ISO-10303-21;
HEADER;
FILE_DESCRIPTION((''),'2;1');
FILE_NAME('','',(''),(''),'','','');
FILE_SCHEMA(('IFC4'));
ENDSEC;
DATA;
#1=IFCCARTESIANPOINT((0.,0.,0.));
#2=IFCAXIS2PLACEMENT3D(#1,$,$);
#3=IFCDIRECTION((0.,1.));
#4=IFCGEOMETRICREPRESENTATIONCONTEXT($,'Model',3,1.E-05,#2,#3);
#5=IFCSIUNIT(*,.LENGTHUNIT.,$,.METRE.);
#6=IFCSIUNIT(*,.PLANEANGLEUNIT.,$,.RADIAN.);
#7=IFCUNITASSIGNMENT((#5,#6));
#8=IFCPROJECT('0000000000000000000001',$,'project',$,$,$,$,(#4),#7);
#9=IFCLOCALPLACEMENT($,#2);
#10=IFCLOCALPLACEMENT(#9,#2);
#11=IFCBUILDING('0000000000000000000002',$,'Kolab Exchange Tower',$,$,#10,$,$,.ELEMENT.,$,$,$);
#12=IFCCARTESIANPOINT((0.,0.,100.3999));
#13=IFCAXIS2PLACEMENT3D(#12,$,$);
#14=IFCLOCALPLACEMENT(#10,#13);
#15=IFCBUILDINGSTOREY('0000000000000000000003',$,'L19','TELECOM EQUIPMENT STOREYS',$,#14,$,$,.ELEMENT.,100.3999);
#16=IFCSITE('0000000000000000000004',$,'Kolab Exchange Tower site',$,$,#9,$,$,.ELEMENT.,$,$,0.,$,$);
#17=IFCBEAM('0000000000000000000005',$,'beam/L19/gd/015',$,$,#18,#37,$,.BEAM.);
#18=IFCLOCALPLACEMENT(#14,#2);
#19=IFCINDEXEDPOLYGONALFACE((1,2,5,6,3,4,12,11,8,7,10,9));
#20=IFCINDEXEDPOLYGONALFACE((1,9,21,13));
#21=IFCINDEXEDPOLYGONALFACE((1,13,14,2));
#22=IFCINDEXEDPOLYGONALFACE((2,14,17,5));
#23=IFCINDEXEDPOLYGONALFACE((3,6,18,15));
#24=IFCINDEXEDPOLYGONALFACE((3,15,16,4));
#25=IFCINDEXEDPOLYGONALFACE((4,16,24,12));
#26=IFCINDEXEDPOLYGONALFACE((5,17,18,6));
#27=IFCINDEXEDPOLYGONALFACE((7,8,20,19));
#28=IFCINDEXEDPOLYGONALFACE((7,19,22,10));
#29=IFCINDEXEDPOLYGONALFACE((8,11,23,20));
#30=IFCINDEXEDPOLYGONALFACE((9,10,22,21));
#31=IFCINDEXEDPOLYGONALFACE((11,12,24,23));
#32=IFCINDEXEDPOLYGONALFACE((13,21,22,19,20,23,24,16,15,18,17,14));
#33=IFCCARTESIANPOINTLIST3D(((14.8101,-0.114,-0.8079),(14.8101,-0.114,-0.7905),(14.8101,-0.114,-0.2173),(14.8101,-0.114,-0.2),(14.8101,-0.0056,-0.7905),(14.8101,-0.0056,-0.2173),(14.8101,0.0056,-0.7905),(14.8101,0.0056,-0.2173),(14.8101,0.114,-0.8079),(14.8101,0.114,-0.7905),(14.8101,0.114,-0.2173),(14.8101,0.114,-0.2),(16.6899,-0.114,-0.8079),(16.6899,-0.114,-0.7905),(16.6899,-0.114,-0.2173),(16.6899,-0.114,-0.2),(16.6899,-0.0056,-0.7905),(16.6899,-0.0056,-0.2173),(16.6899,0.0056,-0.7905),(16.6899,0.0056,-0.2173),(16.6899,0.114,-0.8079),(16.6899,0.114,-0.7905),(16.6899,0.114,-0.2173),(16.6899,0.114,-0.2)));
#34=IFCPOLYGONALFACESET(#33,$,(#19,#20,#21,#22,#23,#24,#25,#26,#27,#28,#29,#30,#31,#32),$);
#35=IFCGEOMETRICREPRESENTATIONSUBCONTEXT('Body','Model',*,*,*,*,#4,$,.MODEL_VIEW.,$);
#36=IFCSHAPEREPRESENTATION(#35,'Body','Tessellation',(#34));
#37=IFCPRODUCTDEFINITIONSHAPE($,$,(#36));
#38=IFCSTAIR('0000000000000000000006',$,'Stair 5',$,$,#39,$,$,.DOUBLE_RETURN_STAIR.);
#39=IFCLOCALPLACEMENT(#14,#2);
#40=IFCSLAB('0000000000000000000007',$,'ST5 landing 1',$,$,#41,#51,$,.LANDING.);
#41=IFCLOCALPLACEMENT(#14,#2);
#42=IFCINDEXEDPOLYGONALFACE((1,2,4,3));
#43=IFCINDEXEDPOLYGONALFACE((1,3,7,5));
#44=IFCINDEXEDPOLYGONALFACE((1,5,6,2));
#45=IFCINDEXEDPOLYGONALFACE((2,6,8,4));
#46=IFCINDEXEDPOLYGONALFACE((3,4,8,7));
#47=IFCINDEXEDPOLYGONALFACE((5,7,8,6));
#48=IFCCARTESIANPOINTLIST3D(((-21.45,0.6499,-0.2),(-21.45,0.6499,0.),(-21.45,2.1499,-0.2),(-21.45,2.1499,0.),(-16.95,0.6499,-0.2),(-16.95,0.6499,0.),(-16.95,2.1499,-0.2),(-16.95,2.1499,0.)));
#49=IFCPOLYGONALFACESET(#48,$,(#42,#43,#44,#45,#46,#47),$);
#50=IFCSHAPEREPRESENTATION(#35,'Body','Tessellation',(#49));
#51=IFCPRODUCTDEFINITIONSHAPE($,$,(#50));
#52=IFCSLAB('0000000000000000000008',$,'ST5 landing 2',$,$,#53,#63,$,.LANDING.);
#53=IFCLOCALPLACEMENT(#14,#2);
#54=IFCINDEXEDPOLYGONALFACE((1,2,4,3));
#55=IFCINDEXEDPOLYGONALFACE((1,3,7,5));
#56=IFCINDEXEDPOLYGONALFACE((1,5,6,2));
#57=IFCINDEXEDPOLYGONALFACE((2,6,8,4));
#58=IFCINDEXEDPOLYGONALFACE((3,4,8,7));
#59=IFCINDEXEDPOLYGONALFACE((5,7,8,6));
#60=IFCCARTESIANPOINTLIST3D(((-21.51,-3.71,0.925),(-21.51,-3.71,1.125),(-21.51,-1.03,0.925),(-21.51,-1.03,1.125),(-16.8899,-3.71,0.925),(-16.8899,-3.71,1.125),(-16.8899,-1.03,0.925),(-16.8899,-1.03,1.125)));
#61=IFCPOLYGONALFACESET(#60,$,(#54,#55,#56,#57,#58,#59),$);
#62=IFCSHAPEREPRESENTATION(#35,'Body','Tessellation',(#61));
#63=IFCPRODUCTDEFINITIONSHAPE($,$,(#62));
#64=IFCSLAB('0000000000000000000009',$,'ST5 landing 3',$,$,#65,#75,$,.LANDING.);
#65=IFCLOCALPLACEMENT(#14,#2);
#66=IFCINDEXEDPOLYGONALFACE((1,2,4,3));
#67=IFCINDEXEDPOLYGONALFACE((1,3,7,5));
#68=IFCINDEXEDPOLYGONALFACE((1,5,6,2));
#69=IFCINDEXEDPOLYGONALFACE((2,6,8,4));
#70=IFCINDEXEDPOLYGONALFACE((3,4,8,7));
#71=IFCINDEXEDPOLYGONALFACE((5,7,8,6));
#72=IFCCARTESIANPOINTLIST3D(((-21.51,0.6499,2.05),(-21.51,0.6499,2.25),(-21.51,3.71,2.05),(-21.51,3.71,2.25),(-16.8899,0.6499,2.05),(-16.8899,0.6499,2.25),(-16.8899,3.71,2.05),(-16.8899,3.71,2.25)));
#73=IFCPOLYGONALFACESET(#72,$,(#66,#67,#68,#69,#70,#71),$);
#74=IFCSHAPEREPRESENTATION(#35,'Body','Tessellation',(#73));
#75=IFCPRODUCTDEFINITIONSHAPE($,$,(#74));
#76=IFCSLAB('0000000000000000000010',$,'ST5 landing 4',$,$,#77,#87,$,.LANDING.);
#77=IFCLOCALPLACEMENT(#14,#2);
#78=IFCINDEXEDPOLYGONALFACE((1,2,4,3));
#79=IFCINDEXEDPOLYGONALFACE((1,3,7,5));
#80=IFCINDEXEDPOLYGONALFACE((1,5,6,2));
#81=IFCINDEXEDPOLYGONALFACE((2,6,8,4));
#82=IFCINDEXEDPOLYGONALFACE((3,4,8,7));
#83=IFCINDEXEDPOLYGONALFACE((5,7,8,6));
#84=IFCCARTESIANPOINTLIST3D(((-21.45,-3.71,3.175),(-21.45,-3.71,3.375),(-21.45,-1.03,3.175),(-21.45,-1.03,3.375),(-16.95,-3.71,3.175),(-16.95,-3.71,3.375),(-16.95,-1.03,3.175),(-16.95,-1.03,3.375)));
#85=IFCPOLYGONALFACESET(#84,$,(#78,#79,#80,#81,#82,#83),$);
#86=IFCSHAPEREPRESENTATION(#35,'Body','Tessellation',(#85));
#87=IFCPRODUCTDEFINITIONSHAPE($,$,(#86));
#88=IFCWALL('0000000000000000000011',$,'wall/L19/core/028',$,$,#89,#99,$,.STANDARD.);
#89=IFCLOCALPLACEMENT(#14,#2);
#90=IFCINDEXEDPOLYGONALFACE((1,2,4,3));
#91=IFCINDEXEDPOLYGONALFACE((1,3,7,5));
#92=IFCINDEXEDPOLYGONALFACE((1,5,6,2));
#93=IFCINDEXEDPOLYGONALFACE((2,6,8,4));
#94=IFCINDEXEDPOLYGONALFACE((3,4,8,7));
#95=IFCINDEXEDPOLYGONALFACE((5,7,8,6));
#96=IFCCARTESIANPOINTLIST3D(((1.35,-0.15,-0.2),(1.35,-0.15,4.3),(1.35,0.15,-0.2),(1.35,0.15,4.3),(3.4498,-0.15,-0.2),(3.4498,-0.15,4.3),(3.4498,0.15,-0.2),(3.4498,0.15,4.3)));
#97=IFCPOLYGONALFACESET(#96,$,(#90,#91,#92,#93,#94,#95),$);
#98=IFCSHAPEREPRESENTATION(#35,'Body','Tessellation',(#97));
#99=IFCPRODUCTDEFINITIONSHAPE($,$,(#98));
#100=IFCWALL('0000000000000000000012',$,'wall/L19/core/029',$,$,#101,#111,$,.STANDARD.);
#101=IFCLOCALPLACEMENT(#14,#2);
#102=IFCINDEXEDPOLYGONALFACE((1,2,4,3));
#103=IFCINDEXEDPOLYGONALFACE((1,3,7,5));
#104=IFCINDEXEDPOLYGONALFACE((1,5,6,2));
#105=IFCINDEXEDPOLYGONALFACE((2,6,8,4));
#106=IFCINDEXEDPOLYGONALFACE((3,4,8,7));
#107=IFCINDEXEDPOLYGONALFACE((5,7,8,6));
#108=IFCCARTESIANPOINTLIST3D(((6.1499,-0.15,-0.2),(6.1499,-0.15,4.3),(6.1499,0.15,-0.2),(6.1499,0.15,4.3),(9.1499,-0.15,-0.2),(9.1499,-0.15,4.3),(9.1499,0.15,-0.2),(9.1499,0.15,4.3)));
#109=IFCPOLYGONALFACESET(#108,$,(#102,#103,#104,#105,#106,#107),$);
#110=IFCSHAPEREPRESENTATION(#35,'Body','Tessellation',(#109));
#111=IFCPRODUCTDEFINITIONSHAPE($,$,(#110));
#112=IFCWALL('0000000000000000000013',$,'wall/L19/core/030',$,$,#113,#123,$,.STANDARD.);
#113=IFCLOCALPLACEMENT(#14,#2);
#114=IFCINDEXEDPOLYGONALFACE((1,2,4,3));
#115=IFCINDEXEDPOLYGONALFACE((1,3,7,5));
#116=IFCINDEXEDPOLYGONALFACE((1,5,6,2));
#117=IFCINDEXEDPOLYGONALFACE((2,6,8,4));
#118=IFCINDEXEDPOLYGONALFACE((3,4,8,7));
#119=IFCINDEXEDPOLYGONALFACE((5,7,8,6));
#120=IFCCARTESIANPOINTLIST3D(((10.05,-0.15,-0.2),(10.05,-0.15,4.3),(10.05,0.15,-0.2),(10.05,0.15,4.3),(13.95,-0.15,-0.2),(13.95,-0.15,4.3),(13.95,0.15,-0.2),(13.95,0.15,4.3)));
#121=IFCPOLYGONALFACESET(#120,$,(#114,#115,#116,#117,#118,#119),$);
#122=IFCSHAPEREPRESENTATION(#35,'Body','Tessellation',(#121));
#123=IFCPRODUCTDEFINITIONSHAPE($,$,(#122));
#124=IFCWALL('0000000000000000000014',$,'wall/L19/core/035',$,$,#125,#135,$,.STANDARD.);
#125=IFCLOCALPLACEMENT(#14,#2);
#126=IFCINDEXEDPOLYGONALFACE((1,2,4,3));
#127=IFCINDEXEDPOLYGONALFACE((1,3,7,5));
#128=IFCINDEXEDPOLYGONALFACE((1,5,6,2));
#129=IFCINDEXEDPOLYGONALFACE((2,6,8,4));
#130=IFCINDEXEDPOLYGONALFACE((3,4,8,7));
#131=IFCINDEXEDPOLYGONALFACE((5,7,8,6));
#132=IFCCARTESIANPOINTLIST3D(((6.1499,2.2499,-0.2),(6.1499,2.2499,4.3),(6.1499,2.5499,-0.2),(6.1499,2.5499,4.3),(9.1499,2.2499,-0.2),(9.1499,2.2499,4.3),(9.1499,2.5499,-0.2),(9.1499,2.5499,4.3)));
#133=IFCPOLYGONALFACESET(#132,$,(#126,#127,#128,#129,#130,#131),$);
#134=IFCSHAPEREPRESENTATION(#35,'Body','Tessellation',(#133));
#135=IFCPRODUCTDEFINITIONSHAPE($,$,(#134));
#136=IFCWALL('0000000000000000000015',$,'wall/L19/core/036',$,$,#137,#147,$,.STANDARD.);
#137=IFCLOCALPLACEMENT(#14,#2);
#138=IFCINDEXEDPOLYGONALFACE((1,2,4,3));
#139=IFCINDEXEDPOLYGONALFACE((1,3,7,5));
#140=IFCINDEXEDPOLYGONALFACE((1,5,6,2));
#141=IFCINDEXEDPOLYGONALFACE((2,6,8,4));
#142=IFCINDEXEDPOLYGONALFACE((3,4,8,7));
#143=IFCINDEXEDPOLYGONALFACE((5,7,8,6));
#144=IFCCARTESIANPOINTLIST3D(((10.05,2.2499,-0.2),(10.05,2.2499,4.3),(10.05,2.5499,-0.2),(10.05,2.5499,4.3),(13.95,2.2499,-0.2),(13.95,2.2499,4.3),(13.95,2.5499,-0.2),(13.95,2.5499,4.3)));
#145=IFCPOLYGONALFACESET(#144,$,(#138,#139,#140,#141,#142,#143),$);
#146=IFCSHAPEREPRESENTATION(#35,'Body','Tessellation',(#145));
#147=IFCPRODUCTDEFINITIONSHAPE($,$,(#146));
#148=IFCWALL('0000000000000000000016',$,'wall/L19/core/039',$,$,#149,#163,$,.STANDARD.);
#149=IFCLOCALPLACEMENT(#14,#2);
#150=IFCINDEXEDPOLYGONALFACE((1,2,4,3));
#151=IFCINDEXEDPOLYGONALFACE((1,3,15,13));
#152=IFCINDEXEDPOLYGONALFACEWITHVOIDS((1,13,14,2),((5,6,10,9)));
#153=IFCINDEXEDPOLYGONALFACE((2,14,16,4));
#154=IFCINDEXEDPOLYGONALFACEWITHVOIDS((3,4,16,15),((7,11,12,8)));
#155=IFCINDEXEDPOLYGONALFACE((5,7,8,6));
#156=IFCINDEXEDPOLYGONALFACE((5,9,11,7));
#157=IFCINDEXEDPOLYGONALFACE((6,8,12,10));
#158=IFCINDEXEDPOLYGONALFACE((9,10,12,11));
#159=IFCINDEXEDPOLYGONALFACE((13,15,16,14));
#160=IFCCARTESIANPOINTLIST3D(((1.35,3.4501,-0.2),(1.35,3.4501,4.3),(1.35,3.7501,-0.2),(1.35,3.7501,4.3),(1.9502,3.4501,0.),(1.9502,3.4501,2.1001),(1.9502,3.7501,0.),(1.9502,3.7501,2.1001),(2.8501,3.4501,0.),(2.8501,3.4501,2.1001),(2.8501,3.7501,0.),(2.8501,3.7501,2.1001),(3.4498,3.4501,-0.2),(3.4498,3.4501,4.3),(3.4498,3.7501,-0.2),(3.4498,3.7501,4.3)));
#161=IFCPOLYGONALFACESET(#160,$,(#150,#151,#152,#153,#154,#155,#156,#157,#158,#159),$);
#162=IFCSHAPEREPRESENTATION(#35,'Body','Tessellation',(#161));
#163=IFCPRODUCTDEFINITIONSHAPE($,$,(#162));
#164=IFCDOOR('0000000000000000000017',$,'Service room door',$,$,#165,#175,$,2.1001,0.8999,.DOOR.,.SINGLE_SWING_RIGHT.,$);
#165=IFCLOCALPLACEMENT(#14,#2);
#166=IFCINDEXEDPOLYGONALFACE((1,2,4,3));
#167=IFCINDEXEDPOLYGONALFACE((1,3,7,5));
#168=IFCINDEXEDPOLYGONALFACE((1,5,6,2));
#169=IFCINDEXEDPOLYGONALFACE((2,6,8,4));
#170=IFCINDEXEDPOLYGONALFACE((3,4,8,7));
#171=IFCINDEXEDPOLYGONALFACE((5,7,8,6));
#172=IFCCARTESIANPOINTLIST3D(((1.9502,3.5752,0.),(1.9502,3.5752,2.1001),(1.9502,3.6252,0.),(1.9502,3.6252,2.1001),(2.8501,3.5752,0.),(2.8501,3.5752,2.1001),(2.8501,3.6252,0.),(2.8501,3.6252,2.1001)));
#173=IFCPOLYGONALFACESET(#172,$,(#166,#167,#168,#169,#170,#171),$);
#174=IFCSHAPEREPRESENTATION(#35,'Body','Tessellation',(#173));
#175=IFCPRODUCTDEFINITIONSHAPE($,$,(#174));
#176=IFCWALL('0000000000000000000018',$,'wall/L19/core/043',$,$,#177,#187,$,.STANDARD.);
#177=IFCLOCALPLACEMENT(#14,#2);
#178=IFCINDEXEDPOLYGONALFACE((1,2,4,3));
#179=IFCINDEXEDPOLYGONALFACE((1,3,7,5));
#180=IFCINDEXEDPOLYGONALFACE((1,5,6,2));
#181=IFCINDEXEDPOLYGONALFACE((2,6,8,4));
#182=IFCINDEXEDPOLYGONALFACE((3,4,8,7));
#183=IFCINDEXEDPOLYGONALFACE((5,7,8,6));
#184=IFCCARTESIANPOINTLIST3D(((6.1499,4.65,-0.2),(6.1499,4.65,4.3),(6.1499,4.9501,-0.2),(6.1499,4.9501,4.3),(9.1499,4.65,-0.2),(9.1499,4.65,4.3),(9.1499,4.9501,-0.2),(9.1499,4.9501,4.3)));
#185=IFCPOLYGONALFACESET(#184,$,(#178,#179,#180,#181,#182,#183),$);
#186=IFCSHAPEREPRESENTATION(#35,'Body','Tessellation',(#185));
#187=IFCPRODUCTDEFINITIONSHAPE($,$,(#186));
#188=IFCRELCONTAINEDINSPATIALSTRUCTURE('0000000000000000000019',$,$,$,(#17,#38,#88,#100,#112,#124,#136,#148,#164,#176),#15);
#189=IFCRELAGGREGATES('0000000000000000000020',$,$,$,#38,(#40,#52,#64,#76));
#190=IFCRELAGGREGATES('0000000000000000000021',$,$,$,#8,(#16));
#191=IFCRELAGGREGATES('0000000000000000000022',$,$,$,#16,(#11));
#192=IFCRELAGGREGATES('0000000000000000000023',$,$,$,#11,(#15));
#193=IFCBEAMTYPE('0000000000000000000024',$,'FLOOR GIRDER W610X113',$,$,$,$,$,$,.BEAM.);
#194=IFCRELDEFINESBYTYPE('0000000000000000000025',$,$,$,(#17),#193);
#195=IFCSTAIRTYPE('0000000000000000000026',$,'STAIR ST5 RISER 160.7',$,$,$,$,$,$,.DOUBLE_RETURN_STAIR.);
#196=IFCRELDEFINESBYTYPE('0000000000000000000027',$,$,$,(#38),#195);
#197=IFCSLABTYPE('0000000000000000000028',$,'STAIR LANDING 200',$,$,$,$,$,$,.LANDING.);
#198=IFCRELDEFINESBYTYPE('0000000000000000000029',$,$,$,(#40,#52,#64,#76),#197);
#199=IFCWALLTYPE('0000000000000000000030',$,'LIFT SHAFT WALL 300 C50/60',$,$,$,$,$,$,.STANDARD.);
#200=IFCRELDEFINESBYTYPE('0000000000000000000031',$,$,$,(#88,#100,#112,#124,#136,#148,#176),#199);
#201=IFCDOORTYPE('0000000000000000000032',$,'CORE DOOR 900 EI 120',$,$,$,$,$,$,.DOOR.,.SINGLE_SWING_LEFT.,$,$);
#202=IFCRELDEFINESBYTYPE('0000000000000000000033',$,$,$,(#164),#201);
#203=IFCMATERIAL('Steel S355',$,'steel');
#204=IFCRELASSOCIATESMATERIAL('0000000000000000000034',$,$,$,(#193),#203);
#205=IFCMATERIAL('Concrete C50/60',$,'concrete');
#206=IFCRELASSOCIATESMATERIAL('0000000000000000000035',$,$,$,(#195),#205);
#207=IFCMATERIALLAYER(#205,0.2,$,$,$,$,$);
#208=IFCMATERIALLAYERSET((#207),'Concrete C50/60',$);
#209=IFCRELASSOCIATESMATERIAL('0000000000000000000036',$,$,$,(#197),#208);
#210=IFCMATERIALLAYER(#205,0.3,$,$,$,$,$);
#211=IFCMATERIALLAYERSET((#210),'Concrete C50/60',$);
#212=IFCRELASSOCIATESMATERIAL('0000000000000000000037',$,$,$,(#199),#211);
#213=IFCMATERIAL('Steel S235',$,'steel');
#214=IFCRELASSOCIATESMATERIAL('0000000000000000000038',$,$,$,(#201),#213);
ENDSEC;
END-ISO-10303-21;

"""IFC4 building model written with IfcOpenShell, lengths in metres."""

from ifc_helpers import new_model, si_unit, direction, frame, frame_2d, origin, origin_2d, place, context, subcontext, project, spatial, polyline, rectangle, i_section, outline, extrude, material, layer, layer_set, material_profile, profile_set, type_object, element, fill, aggregate, save


model = new_model("IFC4")

# Units and contexts
model_context = context("Model", 3, precision=1e-05, world=origin(), true_north=direction((0.0, 1.0)))
body_context = subcontext(model_context, "Body", "Model", "MODEL_VIEW")
ifc_project = project(units=[si_unit("LENGTHUNIT", "METRE"), si_unit("PLANEANGLEUNIT", "RADIAN")], contexts=[model_context])

# Site, building, storey
site_placement = place(None, origin())
site = spatial("IfcSite", under=ifc_project, at=site_placement, Name="Kolab Exchange Tower site", CompositionType="ELEMENT", RefElevation=0.0)
building_placement = place(site_placement, origin())
building = spatial("IfcBuilding", under=site, at=building_placement, Name="Kolab Exchange Tower", CompositionType="ELEMENT")
storey_placement = place(building_placement, frame((0.0, 0.0, 100.3999)))
storey = spatial("IfcBuildingStorey", under=building, at=storey_placement, Name="L19", Description="TELECOM EQUIPMENT STOREYS", CompositionType="ELEMENT", Elevation=100.3999)

# Beam
ifc_material_1 = material(Name="Steel S355", Category="steel")
ifc_material_profile = material_profile(ifc_material_1, i_section(OverallWidth=0.228, OverallDepth=0.6079, WebThickness=0.0112, FlangeThickness=0.0173, at=origin_2d()), Name="W610X113")
ifc_profile_set = profile_set([ifc_material_profile], Name="Steel S355")
beam_type = type_object("IfcBeamType", Name="FLOOR GIRDER W610X113", PredefinedType="BEAM", material=ifc_profile_set)
beam_placement = place(storey_placement, frame((14.8101, 0.0, -0.5039), z_axis=(1.0, 0.0, 0.0), x_axis=(0.0, 1.0, 0.0)))
element("IfcBeam", 1, at=beam_placement, inside=storey, type_object=beam_type, Name="beam/L19/gd/015", PredefinedType="BEAM", context=body_context, shape_type="SweptSolid", body=[
    extrude(i_section(OverallWidth=0.228, OverallDepth=0.6079, WebThickness=0.0112, FlangeThickness=0.0173, at=origin_2d()), origin(), (0.0, 0.0, 1.0), 1.8799),
])

# Stair, slabs
ifc_material_2 = material(Name="Concrete C50/60", Category="concrete")
stair_type = type_object("IfcStairType", Name="STAIR ST5 RISER 160.7", PredefinedType="DOUBLE_RETURN_STAIR", material=ifc_material_2)
stair_placement = place(storey_placement, origin())
stair = element("IfcStair", 2, at=stair_placement, inside=storey, type_object=stair_type, Name="Stair 5", PredefinedType="DOUBLE_RETURN_STAIR")
ifc_layer_1 = layer(ifc_material_2, 0.2)
ifc_layer_set_1 = layer_set([ifc_layer_1], Name="Concrete C50/60")
slab_type = type_object("IfcSlabType", Name="STAIR LANDING 200", PredefinedType="LANDING", material=ifc_layer_set_1)
slab_1_placement = place(storey_placement, frame((0.0, 0.0, -0.2)))
slab_1 = element("IfcSlab", 3, at=slab_1_placement, type_object=slab_type, Name="ST5 landing 1", PredefinedType="LANDING", context=body_context, shape_type="SweptSolid", body=[
    extrude(outline(polyline([(-21.45, 0.6499), (-16.95, 0.6499), (-16.95, 2.1499), (-21.45, 2.1499), (-21.45, 0.6499)])), origin(), (0.0, 0.0, 1.0), 0.2),
])
slab_2_placement = place(storey_placement, frame((0.0, 0.0, 0.925)))
slab_2 = element("IfcSlab", 4, at=slab_2_placement, type_object=slab_type, Name="ST5 landing 2", PredefinedType="LANDING", context=body_context, shape_type="SweptSolid", body=[
    extrude(outline(polyline([(-21.51, -3.71), (-16.8899, -3.71), (-16.8899, -1.03), (-21.51, -1.03), (-21.51, -3.71)])), origin(), (0.0, 0.0, 1.0), 0.2),
])
slab_3_placement = place(storey_placement, frame((0.0, 0.0, 2.05)))
slab_3 = element("IfcSlab", 5, at=slab_3_placement, type_object=slab_type, Name="ST5 landing 3", PredefinedType="LANDING", context=body_context, shape_type="SweptSolid", body=[
    extrude(outline(polyline([(-21.51, 0.6499), (-16.8899, 0.6499), (-16.8899, 3.71), (-21.51, 3.71), (-21.51, 0.6499)])), origin(), (0.0, 0.0, 1.0), 0.2),
])
slab_4_placement = place(storey_placement, frame((0.0, 0.0, 3.175)))
slab_4 = element("IfcSlab", 6, at=slab_4_placement, type_object=slab_type, Name="ST5 landing 4", PredefinedType="LANDING", context=body_context, shape_type="SweptSolid", body=[
    extrude(outline(polyline([(-21.45, -3.71), (-16.95, -3.71), (-16.95, -1.03), (-21.45, -1.03), (-21.45, -3.71)])), origin(), (0.0, 0.0, 1.0), 0.2),
])
aggregate(stair, [slab_1, slab_2, slab_3, slab_4])

# Walls
ifc_layer_2 = layer(ifc_material_2, 0.3)
ifc_layer_set_2 = layer_set([ifc_layer_2], Name="Concrete C50/60")
wall_type_1 = type_object("IfcWallType", Name="LIFT SHAFT WALL 300 C50/60", PredefinedType="STANDARD", material=ifc_layer_set_2)
wall_1_placement = place(storey_placement, frame((1.3501, 0.0, -0.2), z_axis=(0.0, 0.0, 1.0), x_axis=(1.0, 0.0, 0.0)))
element("IfcWall", 7, at=wall_1_placement, inside=storey, type_object=wall_type_1, Name="wall/L19/core/028", PredefinedType="STANDARD", context=body_context, shape_type="SweptSolid", body=[
    extrude(rectangle(XDim=2.0999, YDim=0.3, at=frame_2d((1.0498, 0.0))), origin(), (0.0, 0.0, 1.0), 4.5),
])
wall_2_placement = place(storey_placement, frame((6.1499, 0.0, -0.2), z_axis=(0.0, 0.0, 1.0), x_axis=(1.0, 0.0, 0.0)))
element("IfcWall", 8, at=wall_2_placement, inside=storey, type_object=wall_type_1, Name="wall/L19/core/029", PredefinedType="STANDARD", context=body_context, shape_type="SweptSolid", body=[
    extrude(rectangle(XDim=3.0, YDim=0.3, at=frame_2d((1.5, 0.0))), origin(), (0.0, 0.0, 1.0), 4.5),
])
wall_3_placement = place(storey_placement, frame((10.05, 0.0, -0.2), z_axis=(0.0, 0.0, 1.0), x_axis=(1.0, 0.0, 0.0)))
element("IfcWall", 9, at=wall_3_placement, inside=storey, type_object=wall_type_1, Name="wall/L19/core/030", PredefinedType="STANDARD", context=body_context, shape_type="SweptSolid", body=[
    extrude(rectangle(XDim=3.8999, YDim=0.3, at=frame_2d((1.95, 0.0))), origin(), (0.0, 0.0, 1.0), 4.5),
])
wall_4_placement = place(storey_placement, frame((6.1499, 2.3999, -0.2), z_axis=(0.0, 0.0, 1.0), x_axis=(1.0, 0.0, 0.0)))
element("IfcWall", 10, at=wall_4_placement, inside=storey, type_object=wall_type_1, Name="wall/L19/core/035", PredefinedType="STANDARD", context=body_context, shape_type="SweptSolid", body=[
    extrude(rectangle(XDim=3.0, YDim=0.3, at=frame_2d((1.5, 0.0))), origin(), (0.0, 0.0, 1.0), 4.5),
])
wall_5_placement = place(storey_placement, frame((10.05, 2.3999, -0.2), z_axis=(0.0, 0.0, 1.0), x_axis=(1.0, 0.0, 0.0)))
element("IfcWall", 11, at=wall_5_placement, inside=storey, type_object=wall_type_1, Name="wall/L19/core/036", PredefinedType="STANDARD", context=body_context, shape_type="SweptSolid", body=[
    extrude(rectangle(XDim=3.8999, YDim=0.3, at=frame_2d((1.95, 0.0))), origin(), (0.0, 0.0, 1.0), 4.5),
])

# Wall, opening, door
wall_6_placement = place(storey_placement, frame((1.3501, 3.6001, -0.2), z_axis=(0.0, 0.0, 1.0), x_axis=(1.0, 0.0, 0.0)))
wall_6 = element("IfcWall", 12, at=wall_6_placement, inside=storey, type_object=wall_type_1, Name="wall/L19/core/039", PredefinedType="STANDARD", context=body_context, shape_type="SweptSolid", body=[
    extrude(rectangle(XDim=2.0999, YDim=0.3, at=frame_2d((1.0498, 0.0))), origin(), (0.0, 0.0, 1.0), 4.5),
])
opening_1_placement = place(wall_6_placement, frame((0.6001, 0.0, 0.2)))
opening_1 = element("IfcOpeningElement", 13, at=opening_1_placement, cuts=wall_6, PredefinedType="OPENING", context=body_context, shape_type="SweptSolid", body=[
    extrude(rectangle(XDim=0.8999, YDim=2.1001, at=frame_2d((0.45, 1.05))), frame((0.0, 0.1602, 0.0), z_axis=(0.0, -1.0, 0.0), x_axis=(1.0, 0.0, 0.0)), (0.0, 0.0, 1.0), 0.3201),
])
ifc_material_3 = material(Name="Steel S235", Category="steel")
door_type_1 = type_object("IfcDoorType", Name="CORE DOOR 900 EI 120", OperationType="SINGLE_SWING_LEFT", PredefinedType="DOOR", material=ifc_material_3)
door_1_placement = place(opening_1_placement, frame((0.8999, 0.0, 0.0), z_axis=(0.0, 0.0, 1.0), x_axis=(-1.0, 0.0, 0.0)))
door_1 = element("IfcDoor", 14, at=door_1_placement, inside=storey, type_object=door_type_1, Name="Service room door", OperationType="SINGLE_SWING_RIGHT", OverallHeight=2.1001, OverallWidth=0.8999, PredefinedType="DOOR", context=body_context, shape_type="SweptSolid", body=[
    extrude(rectangle(XDim=0.8999, YDim=2.1001, at=frame_2d((0.45, 1.05))), frame((0.0, 0.0249, 0.0), z_axis=(0.0, -1.0, 0.0), x_axis=(1.0, 0.0, 0.0)), (0.0, 0.0, 1.0), 0.05),
])
fill(opening_1, door_1)

# Wall
wall_7_placement = place(storey_placement, frame((6.1499, 4.8, -0.2), z_axis=(0.0, 0.0, 1.0), x_axis=(1.0, 0.0, 0.0)))
element("IfcWall", 15, at=wall_7_placement, inside=storey, type_object=wall_type_1, Name="wall/L19/core/043", PredefinedType="STANDARD", context=body_context, shape_type="SweptSolid", body=[
    extrude(rectangle(XDim=3.0, YDim=0.3, at=frame_2d((1.5, 0.0))), origin(), (0.0, 0.0, 1.0), 4.5),
])

save(model, "model.ifc")
